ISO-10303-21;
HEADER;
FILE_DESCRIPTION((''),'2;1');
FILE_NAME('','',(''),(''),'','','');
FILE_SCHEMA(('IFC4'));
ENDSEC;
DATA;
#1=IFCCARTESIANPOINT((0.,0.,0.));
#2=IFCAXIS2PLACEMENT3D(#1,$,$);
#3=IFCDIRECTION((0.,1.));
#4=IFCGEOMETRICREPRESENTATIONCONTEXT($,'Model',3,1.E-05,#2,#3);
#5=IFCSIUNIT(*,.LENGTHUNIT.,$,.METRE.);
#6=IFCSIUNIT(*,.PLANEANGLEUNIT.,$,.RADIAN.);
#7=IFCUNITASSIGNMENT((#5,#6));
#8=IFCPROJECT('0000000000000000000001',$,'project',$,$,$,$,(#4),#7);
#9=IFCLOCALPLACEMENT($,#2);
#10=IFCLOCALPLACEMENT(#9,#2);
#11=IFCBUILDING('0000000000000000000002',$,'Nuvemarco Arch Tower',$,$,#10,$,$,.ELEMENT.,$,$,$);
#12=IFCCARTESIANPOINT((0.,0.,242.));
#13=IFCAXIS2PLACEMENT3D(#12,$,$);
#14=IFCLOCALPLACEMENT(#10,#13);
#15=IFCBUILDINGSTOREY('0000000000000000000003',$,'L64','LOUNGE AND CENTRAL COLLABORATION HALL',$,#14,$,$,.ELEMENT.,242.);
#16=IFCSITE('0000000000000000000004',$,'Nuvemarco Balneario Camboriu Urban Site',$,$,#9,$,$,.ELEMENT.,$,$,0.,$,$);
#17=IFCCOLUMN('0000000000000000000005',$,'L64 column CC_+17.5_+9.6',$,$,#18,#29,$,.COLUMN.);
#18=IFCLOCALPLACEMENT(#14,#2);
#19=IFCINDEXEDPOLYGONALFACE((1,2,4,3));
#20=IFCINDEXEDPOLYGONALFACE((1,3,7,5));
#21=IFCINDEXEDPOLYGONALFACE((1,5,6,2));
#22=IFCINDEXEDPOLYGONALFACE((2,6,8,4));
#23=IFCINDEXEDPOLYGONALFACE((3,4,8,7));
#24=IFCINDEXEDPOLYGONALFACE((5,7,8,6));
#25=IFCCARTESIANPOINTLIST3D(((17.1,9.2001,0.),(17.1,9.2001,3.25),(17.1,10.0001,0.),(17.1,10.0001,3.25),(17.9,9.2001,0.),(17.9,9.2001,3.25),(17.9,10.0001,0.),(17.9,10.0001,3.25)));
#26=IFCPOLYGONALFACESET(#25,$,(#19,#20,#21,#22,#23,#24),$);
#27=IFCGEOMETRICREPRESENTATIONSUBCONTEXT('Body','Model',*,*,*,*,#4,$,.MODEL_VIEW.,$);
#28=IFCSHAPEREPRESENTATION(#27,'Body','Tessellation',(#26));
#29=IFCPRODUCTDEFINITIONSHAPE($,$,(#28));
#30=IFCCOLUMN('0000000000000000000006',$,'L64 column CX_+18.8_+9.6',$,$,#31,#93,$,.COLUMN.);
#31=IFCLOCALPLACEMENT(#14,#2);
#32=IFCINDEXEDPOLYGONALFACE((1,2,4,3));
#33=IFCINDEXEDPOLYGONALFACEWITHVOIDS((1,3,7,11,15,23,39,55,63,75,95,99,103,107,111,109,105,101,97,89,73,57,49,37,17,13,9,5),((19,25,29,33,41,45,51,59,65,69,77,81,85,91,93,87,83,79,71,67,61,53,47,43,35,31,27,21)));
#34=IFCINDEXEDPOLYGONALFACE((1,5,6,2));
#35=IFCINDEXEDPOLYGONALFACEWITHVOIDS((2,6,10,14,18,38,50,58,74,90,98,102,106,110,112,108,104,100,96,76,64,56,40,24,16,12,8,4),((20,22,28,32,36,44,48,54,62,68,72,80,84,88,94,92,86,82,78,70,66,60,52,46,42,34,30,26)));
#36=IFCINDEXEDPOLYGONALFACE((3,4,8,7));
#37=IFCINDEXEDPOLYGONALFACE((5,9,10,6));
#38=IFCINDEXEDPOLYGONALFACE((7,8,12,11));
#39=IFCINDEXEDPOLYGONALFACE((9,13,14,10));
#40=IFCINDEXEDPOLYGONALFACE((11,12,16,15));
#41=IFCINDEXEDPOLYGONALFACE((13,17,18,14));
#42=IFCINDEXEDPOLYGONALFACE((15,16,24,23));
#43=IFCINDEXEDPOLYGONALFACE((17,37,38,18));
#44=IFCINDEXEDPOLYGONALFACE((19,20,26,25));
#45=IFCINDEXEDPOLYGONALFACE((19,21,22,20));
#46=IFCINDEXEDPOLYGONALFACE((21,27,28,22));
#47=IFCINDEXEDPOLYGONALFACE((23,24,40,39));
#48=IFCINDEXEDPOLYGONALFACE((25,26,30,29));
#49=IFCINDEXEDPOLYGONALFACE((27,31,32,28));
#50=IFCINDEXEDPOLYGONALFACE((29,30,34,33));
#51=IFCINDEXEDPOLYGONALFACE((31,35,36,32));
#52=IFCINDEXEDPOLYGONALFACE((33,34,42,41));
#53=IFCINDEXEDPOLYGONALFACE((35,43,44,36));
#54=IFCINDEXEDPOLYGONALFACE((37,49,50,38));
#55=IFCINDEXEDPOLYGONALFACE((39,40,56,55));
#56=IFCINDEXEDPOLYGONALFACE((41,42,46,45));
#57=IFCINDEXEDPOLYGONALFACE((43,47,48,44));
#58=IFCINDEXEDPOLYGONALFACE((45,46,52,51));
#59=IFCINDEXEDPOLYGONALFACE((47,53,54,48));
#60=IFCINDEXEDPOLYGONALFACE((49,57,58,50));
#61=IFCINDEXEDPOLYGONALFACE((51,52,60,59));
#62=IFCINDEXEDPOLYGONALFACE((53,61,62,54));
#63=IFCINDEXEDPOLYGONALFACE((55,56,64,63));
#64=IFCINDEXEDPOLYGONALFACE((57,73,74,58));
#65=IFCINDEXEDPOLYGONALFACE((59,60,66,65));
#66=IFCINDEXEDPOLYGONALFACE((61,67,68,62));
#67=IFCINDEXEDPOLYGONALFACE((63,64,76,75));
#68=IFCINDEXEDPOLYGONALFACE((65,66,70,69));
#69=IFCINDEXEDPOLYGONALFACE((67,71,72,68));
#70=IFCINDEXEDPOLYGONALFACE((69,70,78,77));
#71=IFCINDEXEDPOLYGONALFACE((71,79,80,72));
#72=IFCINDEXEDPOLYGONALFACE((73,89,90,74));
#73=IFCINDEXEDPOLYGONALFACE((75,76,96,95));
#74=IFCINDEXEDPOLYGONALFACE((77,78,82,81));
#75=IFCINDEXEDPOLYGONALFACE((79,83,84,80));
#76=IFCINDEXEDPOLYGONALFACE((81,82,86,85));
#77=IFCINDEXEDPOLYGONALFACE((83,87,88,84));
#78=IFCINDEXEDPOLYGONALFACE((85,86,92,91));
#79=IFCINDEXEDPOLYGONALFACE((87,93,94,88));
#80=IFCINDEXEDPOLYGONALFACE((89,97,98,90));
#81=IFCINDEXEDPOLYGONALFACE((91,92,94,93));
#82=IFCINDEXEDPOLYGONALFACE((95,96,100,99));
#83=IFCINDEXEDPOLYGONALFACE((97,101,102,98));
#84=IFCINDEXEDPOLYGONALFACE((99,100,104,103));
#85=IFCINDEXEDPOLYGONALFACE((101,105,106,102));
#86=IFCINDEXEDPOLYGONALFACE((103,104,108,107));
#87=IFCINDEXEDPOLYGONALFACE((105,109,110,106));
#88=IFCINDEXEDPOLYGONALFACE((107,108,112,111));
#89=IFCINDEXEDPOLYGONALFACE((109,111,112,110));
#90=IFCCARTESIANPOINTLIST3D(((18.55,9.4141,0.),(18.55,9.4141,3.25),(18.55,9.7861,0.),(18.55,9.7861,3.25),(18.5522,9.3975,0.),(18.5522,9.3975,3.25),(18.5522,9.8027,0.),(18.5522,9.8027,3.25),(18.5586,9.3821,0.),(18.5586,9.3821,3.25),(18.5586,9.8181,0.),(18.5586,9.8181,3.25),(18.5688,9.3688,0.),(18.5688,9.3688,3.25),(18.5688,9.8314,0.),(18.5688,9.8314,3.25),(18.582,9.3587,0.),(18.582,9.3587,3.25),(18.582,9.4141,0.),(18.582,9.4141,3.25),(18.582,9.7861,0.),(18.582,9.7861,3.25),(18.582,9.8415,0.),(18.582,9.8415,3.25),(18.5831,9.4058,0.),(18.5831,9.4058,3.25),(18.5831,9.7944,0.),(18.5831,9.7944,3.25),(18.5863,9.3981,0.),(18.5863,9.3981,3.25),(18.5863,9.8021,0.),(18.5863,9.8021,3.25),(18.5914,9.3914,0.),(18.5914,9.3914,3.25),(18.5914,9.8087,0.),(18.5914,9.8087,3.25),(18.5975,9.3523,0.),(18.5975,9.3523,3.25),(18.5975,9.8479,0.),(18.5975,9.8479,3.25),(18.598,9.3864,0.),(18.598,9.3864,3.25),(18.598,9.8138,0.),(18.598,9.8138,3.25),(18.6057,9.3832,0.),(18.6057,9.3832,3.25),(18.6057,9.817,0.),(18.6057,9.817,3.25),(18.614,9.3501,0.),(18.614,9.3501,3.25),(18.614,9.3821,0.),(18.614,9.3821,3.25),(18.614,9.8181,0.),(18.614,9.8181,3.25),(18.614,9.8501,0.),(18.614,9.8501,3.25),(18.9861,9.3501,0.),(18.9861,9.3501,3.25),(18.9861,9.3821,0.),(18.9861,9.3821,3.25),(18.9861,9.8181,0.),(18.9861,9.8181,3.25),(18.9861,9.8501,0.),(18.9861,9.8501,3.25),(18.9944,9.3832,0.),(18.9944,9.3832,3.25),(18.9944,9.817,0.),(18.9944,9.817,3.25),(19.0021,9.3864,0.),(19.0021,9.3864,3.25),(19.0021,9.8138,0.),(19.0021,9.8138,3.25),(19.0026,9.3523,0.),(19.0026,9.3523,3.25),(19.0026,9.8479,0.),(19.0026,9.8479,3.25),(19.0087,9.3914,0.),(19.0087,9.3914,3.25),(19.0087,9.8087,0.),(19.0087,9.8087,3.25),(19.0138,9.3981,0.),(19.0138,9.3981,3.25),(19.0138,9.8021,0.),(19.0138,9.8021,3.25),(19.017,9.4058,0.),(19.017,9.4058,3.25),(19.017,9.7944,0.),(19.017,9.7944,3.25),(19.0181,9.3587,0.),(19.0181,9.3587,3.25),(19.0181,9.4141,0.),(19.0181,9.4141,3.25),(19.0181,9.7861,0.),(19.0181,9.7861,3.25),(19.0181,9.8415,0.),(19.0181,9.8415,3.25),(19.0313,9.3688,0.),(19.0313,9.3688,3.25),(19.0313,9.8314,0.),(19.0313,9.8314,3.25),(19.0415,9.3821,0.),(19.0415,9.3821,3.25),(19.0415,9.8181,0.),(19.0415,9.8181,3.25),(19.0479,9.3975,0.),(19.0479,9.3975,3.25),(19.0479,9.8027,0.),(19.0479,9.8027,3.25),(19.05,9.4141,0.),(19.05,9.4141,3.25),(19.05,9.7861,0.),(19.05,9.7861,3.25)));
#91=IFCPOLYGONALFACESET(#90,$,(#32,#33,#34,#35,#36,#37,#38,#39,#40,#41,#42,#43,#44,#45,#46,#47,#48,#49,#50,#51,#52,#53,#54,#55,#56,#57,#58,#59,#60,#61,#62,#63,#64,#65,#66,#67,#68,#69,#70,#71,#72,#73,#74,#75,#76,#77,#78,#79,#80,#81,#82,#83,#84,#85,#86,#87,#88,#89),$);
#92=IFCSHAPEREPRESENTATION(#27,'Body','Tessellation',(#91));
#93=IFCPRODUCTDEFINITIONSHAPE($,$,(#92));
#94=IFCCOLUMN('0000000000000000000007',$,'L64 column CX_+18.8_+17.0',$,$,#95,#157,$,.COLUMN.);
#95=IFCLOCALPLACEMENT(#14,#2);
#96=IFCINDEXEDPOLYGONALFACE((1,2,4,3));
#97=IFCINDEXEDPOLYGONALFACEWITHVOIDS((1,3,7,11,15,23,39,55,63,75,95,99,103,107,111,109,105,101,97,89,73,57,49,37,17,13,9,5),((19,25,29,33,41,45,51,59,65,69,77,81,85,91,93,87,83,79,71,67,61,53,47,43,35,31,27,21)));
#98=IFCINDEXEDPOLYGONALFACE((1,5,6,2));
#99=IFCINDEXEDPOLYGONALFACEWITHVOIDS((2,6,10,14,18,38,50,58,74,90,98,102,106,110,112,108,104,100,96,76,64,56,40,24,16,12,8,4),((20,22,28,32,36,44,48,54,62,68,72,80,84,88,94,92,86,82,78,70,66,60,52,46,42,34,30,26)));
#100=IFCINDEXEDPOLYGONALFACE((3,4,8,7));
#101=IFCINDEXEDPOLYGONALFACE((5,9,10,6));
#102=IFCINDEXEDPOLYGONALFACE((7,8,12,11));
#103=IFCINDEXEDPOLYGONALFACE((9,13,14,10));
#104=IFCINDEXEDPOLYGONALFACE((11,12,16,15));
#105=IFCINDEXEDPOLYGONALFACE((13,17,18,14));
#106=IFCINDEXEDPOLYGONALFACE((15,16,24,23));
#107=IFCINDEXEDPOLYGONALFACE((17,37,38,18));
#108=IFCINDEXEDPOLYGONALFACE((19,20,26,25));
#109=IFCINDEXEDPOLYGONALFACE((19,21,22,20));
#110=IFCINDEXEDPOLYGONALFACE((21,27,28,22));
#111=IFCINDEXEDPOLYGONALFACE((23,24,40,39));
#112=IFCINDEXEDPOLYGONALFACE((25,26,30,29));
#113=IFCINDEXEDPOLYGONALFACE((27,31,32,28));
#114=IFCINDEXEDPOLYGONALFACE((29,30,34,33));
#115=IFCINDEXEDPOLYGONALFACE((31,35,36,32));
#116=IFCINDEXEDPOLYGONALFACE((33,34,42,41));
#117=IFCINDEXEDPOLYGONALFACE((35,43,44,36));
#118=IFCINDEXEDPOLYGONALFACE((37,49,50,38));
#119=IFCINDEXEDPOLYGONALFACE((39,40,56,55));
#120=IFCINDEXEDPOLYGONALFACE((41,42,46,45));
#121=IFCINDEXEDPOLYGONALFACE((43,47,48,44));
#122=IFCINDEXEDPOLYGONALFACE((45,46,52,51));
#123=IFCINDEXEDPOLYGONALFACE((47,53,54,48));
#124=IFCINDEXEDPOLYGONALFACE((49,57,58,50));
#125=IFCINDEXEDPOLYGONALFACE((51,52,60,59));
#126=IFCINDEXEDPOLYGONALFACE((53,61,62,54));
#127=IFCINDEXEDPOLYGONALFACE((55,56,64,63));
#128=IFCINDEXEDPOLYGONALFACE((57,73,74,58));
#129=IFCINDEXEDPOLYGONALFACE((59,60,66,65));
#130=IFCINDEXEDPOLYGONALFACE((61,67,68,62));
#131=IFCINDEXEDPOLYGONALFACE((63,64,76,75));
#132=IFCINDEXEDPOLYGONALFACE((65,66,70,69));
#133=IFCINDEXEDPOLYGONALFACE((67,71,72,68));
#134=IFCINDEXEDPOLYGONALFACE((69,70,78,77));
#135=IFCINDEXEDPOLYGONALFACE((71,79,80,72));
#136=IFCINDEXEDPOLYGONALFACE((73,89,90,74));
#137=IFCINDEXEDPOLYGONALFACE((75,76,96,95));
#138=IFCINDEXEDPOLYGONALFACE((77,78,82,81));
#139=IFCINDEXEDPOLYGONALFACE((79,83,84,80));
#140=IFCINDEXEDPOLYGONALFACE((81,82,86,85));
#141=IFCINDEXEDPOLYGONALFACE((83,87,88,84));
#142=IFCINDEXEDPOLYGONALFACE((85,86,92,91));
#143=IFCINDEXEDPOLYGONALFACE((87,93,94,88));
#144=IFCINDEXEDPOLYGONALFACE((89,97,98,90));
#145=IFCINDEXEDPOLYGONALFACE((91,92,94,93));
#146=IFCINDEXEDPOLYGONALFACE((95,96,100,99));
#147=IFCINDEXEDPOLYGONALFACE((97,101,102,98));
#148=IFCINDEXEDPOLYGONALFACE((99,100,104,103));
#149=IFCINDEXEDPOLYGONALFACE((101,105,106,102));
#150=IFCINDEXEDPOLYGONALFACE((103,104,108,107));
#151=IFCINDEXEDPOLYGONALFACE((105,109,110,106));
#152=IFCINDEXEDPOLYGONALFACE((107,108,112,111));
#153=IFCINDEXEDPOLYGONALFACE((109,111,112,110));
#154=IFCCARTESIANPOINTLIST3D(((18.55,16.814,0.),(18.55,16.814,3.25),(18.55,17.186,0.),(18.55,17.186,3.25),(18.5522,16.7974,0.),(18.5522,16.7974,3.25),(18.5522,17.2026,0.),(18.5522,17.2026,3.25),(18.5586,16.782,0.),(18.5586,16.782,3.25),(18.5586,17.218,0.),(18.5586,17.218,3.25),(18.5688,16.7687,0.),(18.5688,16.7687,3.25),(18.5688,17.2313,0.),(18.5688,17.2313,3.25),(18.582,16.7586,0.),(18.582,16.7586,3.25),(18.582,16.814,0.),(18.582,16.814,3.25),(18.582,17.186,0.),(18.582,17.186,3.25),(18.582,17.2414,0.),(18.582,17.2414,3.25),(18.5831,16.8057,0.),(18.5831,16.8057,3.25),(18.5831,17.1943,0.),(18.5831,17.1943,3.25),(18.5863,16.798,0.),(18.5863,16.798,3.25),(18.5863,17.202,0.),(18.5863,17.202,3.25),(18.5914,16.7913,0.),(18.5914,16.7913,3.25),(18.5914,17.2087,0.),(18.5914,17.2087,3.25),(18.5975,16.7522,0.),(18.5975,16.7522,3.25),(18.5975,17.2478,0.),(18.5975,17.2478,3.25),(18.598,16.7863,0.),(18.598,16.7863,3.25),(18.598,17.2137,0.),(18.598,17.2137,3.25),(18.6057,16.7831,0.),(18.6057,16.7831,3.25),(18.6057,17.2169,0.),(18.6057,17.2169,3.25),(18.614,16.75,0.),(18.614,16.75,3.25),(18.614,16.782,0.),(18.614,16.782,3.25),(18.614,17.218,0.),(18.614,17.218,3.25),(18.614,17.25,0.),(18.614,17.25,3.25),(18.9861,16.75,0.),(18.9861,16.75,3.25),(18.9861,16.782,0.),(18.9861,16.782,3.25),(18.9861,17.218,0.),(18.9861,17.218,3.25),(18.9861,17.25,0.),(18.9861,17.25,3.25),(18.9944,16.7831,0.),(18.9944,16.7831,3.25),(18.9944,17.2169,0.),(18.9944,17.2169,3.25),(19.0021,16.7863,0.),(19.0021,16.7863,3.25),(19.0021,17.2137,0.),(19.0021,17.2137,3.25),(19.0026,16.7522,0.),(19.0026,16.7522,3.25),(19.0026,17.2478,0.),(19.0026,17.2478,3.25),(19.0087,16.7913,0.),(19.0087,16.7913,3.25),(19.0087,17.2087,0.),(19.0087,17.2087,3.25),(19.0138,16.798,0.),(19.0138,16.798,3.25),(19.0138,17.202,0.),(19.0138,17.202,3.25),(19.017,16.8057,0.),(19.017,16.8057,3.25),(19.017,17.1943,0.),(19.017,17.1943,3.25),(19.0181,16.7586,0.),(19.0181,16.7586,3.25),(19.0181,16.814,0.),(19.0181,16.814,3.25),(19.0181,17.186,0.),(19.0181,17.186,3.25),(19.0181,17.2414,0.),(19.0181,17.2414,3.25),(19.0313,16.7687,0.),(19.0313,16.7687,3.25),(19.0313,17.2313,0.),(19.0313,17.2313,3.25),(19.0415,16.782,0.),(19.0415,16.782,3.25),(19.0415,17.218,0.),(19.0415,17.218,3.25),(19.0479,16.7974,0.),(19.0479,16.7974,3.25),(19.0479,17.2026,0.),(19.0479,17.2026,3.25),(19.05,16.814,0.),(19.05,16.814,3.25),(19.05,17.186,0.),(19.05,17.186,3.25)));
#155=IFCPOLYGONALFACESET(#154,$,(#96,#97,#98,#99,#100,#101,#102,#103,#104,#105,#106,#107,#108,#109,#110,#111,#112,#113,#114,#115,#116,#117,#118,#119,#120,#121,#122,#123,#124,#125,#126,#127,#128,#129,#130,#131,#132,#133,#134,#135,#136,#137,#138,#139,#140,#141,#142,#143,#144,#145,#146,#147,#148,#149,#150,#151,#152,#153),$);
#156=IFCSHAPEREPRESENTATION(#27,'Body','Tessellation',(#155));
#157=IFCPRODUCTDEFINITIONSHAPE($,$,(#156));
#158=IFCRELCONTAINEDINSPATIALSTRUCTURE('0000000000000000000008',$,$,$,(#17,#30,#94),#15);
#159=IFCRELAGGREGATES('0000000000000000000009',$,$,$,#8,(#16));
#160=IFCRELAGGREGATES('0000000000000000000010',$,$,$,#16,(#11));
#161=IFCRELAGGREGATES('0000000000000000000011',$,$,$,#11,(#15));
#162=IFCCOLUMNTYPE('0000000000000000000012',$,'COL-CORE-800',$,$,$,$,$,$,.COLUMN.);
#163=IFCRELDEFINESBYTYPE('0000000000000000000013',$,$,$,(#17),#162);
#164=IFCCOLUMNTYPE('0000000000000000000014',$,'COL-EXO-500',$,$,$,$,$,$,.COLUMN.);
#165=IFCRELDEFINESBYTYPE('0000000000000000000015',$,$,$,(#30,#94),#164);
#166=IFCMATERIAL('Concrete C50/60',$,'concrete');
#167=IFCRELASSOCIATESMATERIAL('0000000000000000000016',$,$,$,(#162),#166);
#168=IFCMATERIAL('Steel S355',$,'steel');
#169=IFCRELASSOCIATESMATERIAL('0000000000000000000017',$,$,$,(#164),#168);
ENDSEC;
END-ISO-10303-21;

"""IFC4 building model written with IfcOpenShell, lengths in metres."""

from ifc_helpers import new_model, si_unit, direction, frame, origin, origin_2d, place, context, subcontext, project, spatial, rectangle, hollow_rectangle, extrude, material, material_profile, profile_set, type_object, element, save


model = new_model("IFC4")

# Units and contexts
model_context = context("Model", 3, precision=1e-05, world=origin(), true_north=direction((0.0, 1.0)))
body_context = subcontext(model_context, "Body", "Model", "MODEL_VIEW")
ifc_project = project(units=[si_unit("LENGTHUNIT", "METRE"), si_unit("PLANEANGLEUNIT", "RADIAN")], contexts=[model_context])

# Site, building, storey
site_placement = place(None, origin())
site = spatial("IfcSite", under=ifc_project, at=site_placement, Name="Nuvemarco Balneario Camboriu Urban Site", CompositionType="ELEMENT", RefElevation=0.0)
building_placement = place(site_placement, origin())
building = spatial("IfcBuilding", under=site, at=building_placement, Name="Nuvemarco Arch Tower", CompositionType="ELEMENT")
storey_placement = place(building_placement, frame((0.0, 0.0, 242.0)))
storey = spatial("IfcBuildingStorey", under=building, at=storey_placement, Name="L64", Description="LOUNGE AND CENTRAL COLLABORATION HALL", CompositionType="ELEMENT", Elevation=242.0)

# Columns
ifc_material_1 = material(Name="Concrete C50/60", Category="concrete")
ifc_material_profile_1 = material_profile(ifc_material_1, rectangle(XDim=0.8, YDim=0.8, at=origin_2d()), Name="RC-COL-800x800")
ifc_profile_set_1 = profile_set([ifc_material_profile_1], Name="Concrete C50/60")
column_type_1 = type_object("IfcColumnType", Name="COL-CORE-800", PredefinedType="COLUMN", material=ifc_profile_set_1)
column_placement = place(storey_placement, frame((17.5, 9.6001, 0.0), z_axis=(0.0, 0.0, 1.0), x_axis=(1.0, 0.0, 0.0)))
element("IfcColumn", 1, at=column_placement, inside=storey, type_object=column_type_1, Name="L64 column CC_+17.5_+9.6", PredefinedType="COLUMN", context=body_context, shape_type="SweptSolid", body=[
    extrude(rectangle(XDim=0.8, YDim=0.8, at=origin_2d()), origin(), (0.0, 0.0, 1.0), 3.25),
])
ifc_material_2 = material(Name="Steel S355", Category="steel")
ifc_material_profile_2 = material_profile(ifc_material_2, hollow_rectangle(XDim=0.5, YDim=0.5, WallThickness=0.032, InnerFilletRadius=0.032, OuterFilletRadius=0.064, at=origin_2d()), Name="SHS500x500x32")
ifc_profile_set_2 = profile_set([ifc_material_profile_2], Name="Steel S355")
column_type_2 = type_object("IfcColumnType", Name="COL-EXO-500", PredefinedType="COLUMN", material=ifc_profile_set_2)
for number, where, z_axis, x_axis, name in (
    (2, (18.8, 9.6001, 0.0), (0.0, 0.0, 1.0), (1.0, 0.0, 0.0), "L64 column CX_+18.8_+9.6"),
    (3, (18.8, 17.0, 0.0), (0.0, 0.0, 1.0), (1.0, 0.0, 0.0), "L64 column CX_+18.8_+17.0"),
):
    element("IfcColumn", number, at=place(storey_placement, frame(where, z_axis=z_axis, x_axis=x_axis)), inside=storey, type_object=column_type_2, Name=name, PredefinedType="COLUMN", context=body_context, shape_type="SweptSolid", body=[
        extrude(hollow_rectangle(XDim=0.5, YDim=0.5, WallThickness=0.032, InnerFilletRadius=0.032, OuterFilletRadius=0.064, at=origin_2d()), origin(), (0.0, 0.0, 1.0), 3.25),
    ])

save(model, "model.ifc")
